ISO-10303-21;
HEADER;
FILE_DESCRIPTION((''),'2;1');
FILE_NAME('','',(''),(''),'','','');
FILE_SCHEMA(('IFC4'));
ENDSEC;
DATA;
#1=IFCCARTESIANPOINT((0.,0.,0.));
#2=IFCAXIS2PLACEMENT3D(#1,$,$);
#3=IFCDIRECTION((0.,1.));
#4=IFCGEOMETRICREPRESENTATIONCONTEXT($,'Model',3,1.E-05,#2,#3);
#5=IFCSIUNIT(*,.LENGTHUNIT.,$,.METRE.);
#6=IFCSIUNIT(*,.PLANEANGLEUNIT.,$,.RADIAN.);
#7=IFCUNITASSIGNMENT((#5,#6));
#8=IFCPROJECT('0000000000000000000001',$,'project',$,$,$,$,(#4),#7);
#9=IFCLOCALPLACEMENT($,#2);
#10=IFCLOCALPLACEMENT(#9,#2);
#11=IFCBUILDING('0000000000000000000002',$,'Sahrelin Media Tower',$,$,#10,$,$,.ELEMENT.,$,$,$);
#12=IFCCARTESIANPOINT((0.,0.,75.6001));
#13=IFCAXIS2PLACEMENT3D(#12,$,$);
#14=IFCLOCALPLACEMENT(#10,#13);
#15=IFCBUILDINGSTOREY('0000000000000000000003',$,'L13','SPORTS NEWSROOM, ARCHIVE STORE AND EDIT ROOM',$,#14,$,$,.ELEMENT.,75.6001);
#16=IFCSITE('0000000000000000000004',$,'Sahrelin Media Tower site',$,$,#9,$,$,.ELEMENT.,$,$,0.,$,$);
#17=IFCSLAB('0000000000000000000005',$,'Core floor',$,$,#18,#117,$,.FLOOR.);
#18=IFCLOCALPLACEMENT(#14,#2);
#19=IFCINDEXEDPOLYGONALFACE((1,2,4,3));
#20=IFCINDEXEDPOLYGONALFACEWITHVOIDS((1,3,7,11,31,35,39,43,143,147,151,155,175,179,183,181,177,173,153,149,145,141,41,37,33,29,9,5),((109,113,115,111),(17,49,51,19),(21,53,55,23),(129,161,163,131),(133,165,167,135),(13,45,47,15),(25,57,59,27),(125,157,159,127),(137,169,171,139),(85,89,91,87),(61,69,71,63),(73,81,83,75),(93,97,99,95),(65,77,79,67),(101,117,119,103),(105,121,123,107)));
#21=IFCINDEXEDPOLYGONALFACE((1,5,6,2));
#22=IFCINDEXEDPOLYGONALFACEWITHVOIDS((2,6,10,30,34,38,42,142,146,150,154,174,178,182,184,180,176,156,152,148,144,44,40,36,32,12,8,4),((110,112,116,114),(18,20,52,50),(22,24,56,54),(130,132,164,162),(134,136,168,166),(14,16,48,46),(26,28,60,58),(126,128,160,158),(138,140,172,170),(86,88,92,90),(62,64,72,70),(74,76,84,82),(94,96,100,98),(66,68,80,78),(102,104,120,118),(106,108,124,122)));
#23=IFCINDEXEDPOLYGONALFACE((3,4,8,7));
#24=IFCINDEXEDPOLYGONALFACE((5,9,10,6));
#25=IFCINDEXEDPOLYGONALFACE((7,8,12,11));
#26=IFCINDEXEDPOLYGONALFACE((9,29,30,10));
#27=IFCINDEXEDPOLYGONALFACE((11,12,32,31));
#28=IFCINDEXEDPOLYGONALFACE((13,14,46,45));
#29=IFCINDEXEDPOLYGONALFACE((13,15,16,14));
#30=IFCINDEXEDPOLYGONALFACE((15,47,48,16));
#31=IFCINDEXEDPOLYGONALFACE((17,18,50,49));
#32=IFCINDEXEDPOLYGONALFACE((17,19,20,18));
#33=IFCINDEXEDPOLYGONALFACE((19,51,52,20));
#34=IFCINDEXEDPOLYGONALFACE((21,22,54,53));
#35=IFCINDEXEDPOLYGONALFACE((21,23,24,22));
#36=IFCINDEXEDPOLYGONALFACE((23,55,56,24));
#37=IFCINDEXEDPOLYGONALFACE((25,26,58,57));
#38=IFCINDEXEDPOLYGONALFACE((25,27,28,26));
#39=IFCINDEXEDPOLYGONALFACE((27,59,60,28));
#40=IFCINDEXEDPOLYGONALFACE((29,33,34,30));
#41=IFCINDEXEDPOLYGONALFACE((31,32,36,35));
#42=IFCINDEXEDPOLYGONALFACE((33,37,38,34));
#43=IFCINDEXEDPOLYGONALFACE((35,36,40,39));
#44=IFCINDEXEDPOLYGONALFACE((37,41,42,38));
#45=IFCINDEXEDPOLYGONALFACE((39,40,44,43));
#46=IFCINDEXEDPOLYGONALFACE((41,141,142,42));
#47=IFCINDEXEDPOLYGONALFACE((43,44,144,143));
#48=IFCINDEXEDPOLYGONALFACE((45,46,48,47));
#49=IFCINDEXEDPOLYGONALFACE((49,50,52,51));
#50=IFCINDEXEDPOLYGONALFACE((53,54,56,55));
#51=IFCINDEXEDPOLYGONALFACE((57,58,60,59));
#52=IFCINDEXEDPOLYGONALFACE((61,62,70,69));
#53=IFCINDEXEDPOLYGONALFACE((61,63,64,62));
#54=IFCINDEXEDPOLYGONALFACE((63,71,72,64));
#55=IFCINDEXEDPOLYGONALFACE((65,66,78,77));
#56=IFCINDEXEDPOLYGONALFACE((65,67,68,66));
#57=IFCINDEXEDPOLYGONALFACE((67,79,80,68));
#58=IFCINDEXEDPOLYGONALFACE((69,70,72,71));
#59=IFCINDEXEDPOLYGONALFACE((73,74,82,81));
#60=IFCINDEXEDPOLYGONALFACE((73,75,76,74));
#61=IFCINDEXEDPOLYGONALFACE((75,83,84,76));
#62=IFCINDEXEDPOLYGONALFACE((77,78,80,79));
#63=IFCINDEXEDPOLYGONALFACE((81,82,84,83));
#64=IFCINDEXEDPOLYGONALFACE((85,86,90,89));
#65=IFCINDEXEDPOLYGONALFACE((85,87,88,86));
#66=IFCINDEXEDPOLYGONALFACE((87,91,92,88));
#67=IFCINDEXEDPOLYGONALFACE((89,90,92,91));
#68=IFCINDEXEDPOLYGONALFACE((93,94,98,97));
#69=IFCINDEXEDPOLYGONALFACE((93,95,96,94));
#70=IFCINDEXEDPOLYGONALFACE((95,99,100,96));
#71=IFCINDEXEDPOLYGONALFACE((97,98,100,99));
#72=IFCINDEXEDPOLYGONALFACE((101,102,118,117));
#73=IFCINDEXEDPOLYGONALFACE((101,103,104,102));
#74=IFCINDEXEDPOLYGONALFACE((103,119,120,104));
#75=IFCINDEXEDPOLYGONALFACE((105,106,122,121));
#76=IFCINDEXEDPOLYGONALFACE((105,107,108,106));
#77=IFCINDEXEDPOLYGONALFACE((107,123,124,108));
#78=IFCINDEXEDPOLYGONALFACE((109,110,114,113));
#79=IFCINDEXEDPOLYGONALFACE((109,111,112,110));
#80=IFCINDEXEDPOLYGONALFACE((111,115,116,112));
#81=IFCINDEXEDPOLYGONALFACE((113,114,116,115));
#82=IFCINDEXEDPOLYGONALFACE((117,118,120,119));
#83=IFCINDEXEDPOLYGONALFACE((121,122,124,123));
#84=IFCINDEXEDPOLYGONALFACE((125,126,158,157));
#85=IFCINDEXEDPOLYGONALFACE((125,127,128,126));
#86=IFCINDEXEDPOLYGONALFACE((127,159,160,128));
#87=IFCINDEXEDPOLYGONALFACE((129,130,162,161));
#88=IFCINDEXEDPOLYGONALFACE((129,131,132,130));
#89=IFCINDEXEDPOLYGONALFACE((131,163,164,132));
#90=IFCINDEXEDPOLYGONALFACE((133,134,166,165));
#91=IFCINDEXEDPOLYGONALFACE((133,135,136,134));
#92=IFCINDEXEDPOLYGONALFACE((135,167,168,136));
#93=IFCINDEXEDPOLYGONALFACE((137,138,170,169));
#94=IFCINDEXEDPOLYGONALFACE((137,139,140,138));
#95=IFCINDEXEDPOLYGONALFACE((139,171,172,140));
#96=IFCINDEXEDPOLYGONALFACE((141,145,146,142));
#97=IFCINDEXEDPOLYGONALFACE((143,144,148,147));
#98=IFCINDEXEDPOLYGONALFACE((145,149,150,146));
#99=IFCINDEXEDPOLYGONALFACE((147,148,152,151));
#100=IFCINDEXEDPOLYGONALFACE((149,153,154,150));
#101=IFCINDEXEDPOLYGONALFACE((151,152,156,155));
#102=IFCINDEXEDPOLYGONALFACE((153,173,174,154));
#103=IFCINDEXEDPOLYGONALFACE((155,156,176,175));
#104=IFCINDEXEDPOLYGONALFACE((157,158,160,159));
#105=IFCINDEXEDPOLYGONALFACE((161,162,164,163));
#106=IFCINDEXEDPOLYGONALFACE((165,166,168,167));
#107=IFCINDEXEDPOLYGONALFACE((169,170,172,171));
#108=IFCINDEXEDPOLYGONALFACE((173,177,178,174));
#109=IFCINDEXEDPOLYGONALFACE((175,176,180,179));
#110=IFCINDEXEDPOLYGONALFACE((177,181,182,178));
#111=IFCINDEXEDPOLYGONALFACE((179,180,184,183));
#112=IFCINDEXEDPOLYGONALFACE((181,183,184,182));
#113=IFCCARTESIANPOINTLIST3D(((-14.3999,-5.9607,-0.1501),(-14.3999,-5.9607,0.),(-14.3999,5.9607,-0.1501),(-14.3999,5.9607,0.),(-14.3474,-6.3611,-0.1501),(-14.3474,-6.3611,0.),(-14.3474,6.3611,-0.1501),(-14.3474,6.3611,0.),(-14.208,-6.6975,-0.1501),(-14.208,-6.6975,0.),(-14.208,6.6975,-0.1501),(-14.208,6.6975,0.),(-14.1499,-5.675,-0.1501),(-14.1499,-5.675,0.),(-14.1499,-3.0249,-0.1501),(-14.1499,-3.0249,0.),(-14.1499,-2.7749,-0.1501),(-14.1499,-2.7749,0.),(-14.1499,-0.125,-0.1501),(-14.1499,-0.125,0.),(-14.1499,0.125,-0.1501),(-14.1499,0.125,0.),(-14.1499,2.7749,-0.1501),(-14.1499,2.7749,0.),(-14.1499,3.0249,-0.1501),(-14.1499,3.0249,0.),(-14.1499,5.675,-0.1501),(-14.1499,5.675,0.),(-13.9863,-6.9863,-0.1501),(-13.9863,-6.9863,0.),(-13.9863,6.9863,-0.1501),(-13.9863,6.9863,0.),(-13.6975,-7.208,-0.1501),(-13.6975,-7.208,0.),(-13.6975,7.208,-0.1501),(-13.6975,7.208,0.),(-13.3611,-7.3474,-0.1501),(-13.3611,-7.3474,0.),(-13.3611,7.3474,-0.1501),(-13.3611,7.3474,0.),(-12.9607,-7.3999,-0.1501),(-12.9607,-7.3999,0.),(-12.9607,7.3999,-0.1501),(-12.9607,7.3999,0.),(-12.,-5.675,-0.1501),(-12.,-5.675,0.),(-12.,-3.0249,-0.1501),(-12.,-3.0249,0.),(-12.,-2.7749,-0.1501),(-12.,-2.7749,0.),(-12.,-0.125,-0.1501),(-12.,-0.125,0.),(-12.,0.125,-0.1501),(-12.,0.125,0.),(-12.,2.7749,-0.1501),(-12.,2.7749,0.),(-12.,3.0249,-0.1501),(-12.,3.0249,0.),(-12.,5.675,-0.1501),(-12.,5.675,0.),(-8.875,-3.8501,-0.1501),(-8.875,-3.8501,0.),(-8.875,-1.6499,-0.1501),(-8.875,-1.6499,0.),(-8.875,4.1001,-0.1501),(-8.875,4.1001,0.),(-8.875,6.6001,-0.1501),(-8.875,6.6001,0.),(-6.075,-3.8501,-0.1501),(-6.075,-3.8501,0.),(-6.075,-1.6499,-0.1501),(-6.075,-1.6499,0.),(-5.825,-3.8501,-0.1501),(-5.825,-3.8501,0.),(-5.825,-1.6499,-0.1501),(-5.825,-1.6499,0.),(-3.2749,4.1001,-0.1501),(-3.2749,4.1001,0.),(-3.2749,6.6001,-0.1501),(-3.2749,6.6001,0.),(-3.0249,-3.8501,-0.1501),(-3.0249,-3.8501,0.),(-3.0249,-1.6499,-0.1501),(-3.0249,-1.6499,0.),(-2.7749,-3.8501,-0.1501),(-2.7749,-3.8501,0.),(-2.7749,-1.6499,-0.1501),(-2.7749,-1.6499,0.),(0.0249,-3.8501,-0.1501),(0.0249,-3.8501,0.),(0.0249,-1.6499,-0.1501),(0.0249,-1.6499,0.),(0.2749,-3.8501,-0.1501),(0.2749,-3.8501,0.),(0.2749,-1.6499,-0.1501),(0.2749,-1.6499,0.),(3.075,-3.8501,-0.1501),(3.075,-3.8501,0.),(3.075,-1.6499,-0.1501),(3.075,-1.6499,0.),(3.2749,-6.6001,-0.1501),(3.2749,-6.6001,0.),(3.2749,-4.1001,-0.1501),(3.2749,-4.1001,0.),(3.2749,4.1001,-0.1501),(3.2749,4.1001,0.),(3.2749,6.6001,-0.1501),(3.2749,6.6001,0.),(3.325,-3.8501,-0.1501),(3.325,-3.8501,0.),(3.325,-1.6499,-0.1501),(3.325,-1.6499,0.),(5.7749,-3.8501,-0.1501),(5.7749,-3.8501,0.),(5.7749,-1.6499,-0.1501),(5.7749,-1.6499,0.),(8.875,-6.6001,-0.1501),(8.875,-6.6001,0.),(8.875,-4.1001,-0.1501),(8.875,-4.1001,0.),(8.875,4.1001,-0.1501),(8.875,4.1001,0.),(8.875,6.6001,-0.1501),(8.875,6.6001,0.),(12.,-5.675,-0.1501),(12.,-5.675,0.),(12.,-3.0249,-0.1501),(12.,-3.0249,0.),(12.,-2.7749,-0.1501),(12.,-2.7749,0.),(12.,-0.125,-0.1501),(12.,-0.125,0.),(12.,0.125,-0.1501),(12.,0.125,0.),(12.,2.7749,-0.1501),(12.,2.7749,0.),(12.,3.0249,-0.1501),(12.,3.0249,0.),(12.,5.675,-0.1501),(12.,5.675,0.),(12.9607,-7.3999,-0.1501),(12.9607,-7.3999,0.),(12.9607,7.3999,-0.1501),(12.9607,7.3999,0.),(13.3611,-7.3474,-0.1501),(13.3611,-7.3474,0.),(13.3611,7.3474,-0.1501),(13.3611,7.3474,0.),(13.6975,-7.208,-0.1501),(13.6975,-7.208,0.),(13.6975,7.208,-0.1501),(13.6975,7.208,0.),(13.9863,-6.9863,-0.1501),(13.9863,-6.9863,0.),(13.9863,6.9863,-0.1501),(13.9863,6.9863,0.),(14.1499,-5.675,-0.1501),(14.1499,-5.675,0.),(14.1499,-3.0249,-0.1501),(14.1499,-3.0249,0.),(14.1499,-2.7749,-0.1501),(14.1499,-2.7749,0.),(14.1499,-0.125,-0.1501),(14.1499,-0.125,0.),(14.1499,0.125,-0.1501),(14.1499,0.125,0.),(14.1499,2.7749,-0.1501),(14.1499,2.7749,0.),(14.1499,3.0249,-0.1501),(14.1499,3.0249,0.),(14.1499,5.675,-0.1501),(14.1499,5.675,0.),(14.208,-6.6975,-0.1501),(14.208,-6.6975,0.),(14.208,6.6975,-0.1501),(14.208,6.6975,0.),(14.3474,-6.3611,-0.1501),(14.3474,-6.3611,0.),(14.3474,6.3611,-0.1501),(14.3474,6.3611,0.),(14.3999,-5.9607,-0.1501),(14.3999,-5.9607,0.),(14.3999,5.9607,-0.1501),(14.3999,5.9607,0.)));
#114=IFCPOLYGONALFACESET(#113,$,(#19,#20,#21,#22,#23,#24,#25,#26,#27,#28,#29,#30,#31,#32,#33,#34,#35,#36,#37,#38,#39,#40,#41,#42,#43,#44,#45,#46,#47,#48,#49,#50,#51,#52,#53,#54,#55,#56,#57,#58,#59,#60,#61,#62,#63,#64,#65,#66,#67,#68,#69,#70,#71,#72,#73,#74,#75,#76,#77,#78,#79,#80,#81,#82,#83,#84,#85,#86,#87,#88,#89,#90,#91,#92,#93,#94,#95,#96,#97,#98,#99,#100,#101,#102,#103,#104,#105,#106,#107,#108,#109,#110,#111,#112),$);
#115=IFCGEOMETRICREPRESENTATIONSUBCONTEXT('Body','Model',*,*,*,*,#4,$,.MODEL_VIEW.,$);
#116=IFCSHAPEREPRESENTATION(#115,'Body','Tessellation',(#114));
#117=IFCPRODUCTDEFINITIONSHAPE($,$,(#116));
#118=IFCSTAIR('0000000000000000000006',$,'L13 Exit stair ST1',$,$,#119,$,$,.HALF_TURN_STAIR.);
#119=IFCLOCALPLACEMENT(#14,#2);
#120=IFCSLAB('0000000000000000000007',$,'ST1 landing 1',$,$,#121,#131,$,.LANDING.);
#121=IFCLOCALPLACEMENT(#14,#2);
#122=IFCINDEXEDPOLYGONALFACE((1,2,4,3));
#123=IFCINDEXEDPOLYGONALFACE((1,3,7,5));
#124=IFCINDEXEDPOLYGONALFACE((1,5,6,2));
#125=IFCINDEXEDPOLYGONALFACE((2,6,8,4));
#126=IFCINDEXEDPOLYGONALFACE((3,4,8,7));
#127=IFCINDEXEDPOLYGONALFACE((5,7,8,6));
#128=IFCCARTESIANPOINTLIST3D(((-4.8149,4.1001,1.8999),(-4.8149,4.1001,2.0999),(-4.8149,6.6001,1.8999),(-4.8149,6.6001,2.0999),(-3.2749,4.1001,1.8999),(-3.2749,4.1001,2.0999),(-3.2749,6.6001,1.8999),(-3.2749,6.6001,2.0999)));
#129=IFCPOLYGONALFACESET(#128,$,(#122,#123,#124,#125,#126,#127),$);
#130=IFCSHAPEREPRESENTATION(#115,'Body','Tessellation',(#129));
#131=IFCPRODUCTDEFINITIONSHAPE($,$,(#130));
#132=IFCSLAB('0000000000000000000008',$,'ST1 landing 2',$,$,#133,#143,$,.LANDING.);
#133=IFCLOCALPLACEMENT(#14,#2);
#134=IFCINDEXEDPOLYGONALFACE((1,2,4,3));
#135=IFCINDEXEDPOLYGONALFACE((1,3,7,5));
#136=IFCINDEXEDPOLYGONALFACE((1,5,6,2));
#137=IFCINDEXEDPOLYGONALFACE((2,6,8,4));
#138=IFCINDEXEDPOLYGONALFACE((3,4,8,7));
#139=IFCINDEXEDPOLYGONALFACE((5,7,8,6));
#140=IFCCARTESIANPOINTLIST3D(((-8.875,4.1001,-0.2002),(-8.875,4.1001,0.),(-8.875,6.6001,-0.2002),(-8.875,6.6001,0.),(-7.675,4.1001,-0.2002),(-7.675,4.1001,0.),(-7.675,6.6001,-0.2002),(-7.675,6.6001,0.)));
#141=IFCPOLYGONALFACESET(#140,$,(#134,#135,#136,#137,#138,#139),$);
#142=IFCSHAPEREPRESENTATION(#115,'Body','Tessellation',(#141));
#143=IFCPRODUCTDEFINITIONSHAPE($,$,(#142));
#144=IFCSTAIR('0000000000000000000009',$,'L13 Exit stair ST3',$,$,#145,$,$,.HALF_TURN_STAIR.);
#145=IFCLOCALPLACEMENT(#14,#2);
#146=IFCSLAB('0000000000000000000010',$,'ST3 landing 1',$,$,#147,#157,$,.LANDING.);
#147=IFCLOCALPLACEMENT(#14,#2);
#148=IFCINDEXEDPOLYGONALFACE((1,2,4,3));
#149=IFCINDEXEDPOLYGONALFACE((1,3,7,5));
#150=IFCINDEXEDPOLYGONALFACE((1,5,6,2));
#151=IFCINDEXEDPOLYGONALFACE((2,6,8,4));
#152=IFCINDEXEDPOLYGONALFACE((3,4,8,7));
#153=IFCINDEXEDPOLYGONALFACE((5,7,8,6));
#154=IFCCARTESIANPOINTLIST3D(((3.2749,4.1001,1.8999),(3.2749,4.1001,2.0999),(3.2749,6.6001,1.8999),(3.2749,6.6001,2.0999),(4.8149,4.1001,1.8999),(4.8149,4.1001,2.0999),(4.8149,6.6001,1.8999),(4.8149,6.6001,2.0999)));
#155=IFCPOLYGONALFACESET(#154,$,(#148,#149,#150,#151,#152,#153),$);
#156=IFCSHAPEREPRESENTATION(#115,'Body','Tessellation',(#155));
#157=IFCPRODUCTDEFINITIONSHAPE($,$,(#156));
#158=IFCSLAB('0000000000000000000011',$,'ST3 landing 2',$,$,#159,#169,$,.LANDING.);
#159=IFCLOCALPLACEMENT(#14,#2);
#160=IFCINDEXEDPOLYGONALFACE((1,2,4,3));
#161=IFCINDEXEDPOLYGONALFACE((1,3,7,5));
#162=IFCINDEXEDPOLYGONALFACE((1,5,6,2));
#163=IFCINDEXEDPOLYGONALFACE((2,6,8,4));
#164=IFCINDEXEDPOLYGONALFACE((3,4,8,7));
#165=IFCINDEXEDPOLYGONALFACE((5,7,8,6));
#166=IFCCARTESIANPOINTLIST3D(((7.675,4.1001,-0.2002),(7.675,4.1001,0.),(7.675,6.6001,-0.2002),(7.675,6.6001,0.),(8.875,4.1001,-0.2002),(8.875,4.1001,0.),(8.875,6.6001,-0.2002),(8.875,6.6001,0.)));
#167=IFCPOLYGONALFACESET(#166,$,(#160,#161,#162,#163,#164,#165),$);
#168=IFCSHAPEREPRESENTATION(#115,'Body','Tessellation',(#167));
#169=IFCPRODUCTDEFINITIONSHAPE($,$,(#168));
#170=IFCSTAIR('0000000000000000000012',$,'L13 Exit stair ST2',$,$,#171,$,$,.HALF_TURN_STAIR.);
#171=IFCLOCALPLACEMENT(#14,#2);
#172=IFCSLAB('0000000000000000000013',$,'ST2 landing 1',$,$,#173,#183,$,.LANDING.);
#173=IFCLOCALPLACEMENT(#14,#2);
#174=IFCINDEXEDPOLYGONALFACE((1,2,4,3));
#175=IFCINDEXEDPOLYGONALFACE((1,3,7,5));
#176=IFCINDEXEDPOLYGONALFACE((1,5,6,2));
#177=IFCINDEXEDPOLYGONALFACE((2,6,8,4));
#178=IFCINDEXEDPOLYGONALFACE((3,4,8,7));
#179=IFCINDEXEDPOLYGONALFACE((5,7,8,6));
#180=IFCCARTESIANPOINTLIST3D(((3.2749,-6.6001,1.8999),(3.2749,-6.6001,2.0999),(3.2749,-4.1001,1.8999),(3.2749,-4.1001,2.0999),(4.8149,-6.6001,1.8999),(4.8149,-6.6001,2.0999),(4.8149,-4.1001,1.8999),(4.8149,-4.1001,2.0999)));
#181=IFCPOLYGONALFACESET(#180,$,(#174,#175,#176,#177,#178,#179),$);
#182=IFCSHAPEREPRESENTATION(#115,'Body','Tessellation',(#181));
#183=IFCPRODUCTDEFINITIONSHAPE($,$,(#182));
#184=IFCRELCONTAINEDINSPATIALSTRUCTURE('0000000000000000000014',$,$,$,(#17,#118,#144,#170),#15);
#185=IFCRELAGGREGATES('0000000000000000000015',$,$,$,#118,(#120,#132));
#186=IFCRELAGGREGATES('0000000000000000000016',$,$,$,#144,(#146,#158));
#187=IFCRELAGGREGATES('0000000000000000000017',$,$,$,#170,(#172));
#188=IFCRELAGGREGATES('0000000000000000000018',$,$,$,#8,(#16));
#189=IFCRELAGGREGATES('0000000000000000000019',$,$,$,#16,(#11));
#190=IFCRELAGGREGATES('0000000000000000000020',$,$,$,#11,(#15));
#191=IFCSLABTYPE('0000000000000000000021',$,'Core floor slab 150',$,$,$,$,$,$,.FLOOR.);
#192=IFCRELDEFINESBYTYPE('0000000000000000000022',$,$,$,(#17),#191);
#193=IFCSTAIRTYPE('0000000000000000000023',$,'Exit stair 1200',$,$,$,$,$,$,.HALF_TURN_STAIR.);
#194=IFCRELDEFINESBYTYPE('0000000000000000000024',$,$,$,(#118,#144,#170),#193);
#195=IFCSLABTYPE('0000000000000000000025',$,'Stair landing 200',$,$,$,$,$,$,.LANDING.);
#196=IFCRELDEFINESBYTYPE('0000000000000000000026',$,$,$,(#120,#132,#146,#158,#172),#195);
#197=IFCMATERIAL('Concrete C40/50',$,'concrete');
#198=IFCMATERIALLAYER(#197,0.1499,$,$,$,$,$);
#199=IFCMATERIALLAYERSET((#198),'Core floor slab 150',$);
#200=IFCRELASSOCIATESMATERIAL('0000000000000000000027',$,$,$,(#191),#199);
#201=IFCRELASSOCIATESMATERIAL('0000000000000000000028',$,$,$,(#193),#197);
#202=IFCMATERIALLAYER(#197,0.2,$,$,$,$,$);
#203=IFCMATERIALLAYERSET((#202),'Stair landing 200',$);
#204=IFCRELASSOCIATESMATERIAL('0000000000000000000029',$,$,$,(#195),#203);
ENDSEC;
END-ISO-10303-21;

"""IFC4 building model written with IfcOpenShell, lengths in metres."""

from ifc_helpers import new_model, si_unit, direction, frame, origin, place, context, subcontext, project, spatial, polyline, outline, extrude, material, layer, layer_set, type_object, element, aggregate, save


model = new_model("IFC4")

# Units and contexts
model_context = context("Model", 3, precision=1e-05, world=origin(), true_north=direction((0.0, 1.0)))
body_context = subcontext(model_context, "Body", "Model", "MODEL_VIEW")
ifc_project = project(units=[si_unit("LENGTHUNIT", "METRE"), si_unit("PLANEANGLEUNIT", "RADIAN")], contexts=[model_context])

# Site, building, storey
site_placement = place(None, origin())
site = spatial("IfcSite", under=ifc_project, at=site_placement, Name="Sahrelin Media Tower site", CompositionType="ELEMENT", RefElevation=0.0)
building_placement = place(site_placement, origin())
building = spatial("IfcBuilding", under=site, at=building_placement, Name="Sahrelin Media Tower", CompositionType="ELEMENT")
storey_placement = place(building_placement, frame((0.0, 0.0, 75.6001)))
storey = spatial("IfcBuildingStorey", under=building, at=storey_placement, Name="L13", Description="SPORTS NEWSROOM, ARCHIVE STORE AND EDIT ROOM", CompositionType="ELEMENT", Elevation=75.6001)

# Slab
ifc_material_1 = material(Name="Concrete C40/50", Category="concrete")
ifc_layer_1 = layer(ifc_material_1, 0.1499)
ifc_layer_set_1 = layer_set([ifc_layer_1], Name="Core floor slab 150")
slab_type_1 = type_object("IfcSlabType", Name="Core floor slab 150", PredefinedType="FLOOR", material=ifc_layer_set_1)
slab_1_placement = place(storey_placement, frame((0.0, 0.0, -0.1501)))
element("IfcSlab", 1, at=slab_1_placement, inside=storey, type_object=slab_type_1, Name="Core floor", PredefinedType="FLOOR", context=body_context, shape_type="SweptSolid", body=[
    extrude(outline(polyline([(-14.3474, 6.3611), (-14.3999, 5.9607), (-14.3999, -5.9607), (-14.3474, -6.3611), (-14.208, -6.6975), (-13.9863, -6.9863), (-13.6975, -7.208), (-13.3611, -7.3474), (-12.9607, -7.3999), (12.9607, -7.3999), (13.3611, -7.3474), (13.6975, -7.208), (13.9863, -6.9863), (14.208, -6.6975), (14.3474, -6.3611), (14.3999, -5.9607), (14.3999, 5.9607), (14.3474, 6.3611), (14.208, 6.6975), (13.9863, 6.9863), (13.6975, 7.208), (13.3611, 7.3474), (12.9607, 7.3999), (-12.9607, 7.3999), (-13.3611, 7.3474), (-13.6975, 7.208), (-13.9863, 6.9863), (-14.208, 6.6975), (-14.3474, 6.3611)]), holes=[polyline([(-12.0, 3.0249), (-12.0, 5.675), (-14.1499, 5.675), (-14.1499, 3.0249), (-12.0, 3.0249)]), polyline([(-14.1499, 0.125), (-12.0, 0.125), (-12.0, 2.7749), (-14.1499, 2.7749), (-14.1499, 0.125)]), polyline([(-14.1499, -0.125), (-14.1499, -2.7749), (-12.0, -2.7749), (-12.0, -0.125), (-14.1499, -0.125)]), polyline([(-12.0, -3.0249), (-14.1499, -3.0249), (-14.1499, -5.675), (-12.0, -5.675), (-12.0, -3.0249)]), polyline([(14.1499, 3.0249), (14.1499, 5.675), (12.0, 5.675), (12.0, 3.0249), (14.1499, 3.0249)]), polyline([(12.0, 0.125), (14.1499, 0.125), (14.1499, 2.7749), (12.0, 2.7749), (12.0, 0.125)]), polyline([(12.0, -0.125), (12.0, -2.7749), (14.1499, -2.7749), (14.1499, -0.125), (12.0, -0.125)]), polyline([(14.1499, -3.0249), (12.0, -3.0249), (12.0, -5.675), (14.1499, -5.675), (14.1499, -3.0249)]), polyline([(-6.075, -3.8501), (-6.075, -1.6499), (-8.875, -1.6499), (-8.875, -3.8501), (-6.075, -3.8501)]), polyline([(-5.825, -3.8501), (-3.0249, -3.8501), (-3.0249, -1.6499), (-5.825, -1.6499), (-5.825, -3.8501)]), polyline([(-2.7749, -1.6499), (-2.7749, -3.8501), (0.0249, -3.8501), (0.0249, -1.6499), (-2.7749, -1.6499)]), polyline([(3.075, -1.6499), (0.2749, -1.6499), (0.2749, -3.8501), (3.075, -3.8501), (3.075, -1.6499)]), polyline([(5.7749, -3.8501), (5.7749, -1.6499), (3.325, -1.6499), (3.325, -3.8501), (5.7749, -3.8501)]), polyline([(-8.875, 6.6001), (-8.875, 4.1001), (-3.2749, 4.1001), (-3.2749, 6.6001), (-8.875, 6.6001)]), polyline([(3.2749, 4.1001), (8.875, 4.1001), (8.875, 6.6001), (3.2749, 6.6001), (3.2749, 4.1001)]), polyline([(3.2749, -4.1001), (3.2749, -6.6001), (8.875, -6.6001), (8.875, -4.1001), (3.2749, -4.1001)])]), origin(), (0.0, 0.0, 1.0), 0.1501),
])

# Stairs, slabs
stair_type = type_object("IfcStairType", Name="Exit stair 1200", PredefinedType="HALF_TURN_STAIR", material=ifc_material_1)
placement_1 = place(storey_placement, origin())
stair_1 = element("IfcStair", 2, at=placement_1, inside=storey, type_object=stair_type, Name="L13 Exit stair ST1", PredefinedType="HALF_TURN_STAIR")
ifc_layer_2 = layer(ifc_material_1, 0.2)
ifc_layer_set_2 = layer_set([ifc_layer_2], Name="Stair landing 200")
slab_type_2 = type_object("IfcSlabType", Name="Stair landing 200", PredefinedType="LANDING", material=ifc_layer_set_2)
placement_2 = place(storey_placement, frame((0.0, 0.0, 1.8999)))
slab_2 = element("IfcSlab", 3, at=placement_2, type_object=slab_type_2, Name="ST1 landing 1", PredefinedType="LANDING", context=body_context, shape_type="SweptSolid", body=[
    extrude(outline(polyline([(-4.8149, 4.1001), (-3.2749, 4.1001), (-3.2749, 6.6001), (-4.8149, 6.6001), (-4.8149, 4.1001)])), origin(), (0.0, 0.0, 1.0), 0.2),
])
placement_3 = place(storey_placement, frame((0.0, 0.0, -0.2002)))
slab_3 = element("IfcSlab", 4, at=placement_3, type_object=slab_type_2, Name="ST1 landing 2", PredefinedType="LANDING", context=body_context, shape_type="SweptSolid", body=[
    extrude(outline(polyline([(-8.875, 4.1001), (-7.675, 4.1001), (-7.675, 6.6001), (-8.875, 6.6001), (-8.875, 4.1001)])), origin(), (0.0, 0.0, 1.0), 0.2002),
])
aggregate(stair_1, [slab_2, slab_3])
stair_2 = element("IfcStair", 5, at=placement_1, inside=storey, type_object=stair_type, Name="L13 Exit stair ST3", PredefinedType="HALF_TURN_STAIR")
slab_4 = element("IfcSlab", 6, at=placement_2, type_object=slab_type_2, Name="ST3 landing 1", PredefinedType="LANDING", context=body_context, shape_type="SweptSolid", body=[
    extrude(outline(polyline([(4.8149, 6.6001), (3.2749, 6.6001), (3.2749, 4.1001), (4.8149, 4.1001), (4.8149, 6.6001)])), origin(), (0.0, 0.0, 1.0), 0.2),
])
slab_5 = element("IfcSlab", 7, at=placement_3, type_object=slab_type_2, Name="ST3 landing 2", PredefinedType="LANDING", context=body_context, shape_type="SweptSolid", body=[
    extrude(outline(polyline([(8.875, 6.6001), (7.675, 6.6001), (7.675, 4.1001), (8.875, 4.1001), (8.875, 6.6001)])), origin(), (0.0, 0.0, 1.0), 0.2002),
])
aggregate(stair_2, [slab_4, slab_5])
stair_3 = element("IfcStair", 8, at=placement_1, inside=storey, type_object=stair_type, Name="L13 Exit stair ST2", PredefinedType="HALF_TURN_STAIR")
slab_6 = element("IfcSlab", 9, at=placement_2, type_object=slab_type_2, Name="ST2 landing 1", PredefinedType="LANDING", context=body_context, shape_type="SweptSolid", body=[
    extrude(outline(polyline([(4.8149, -4.1001), (3.2749, -4.1001), (3.2749, -6.6001), (4.8149, -6.6001), (4.8149, -4.1001)])), origin(), (0.0, 0.0, 1.0), 0.2),
])
aggregate(stair_3, [slab_6])

save(model, "model.ifc")
